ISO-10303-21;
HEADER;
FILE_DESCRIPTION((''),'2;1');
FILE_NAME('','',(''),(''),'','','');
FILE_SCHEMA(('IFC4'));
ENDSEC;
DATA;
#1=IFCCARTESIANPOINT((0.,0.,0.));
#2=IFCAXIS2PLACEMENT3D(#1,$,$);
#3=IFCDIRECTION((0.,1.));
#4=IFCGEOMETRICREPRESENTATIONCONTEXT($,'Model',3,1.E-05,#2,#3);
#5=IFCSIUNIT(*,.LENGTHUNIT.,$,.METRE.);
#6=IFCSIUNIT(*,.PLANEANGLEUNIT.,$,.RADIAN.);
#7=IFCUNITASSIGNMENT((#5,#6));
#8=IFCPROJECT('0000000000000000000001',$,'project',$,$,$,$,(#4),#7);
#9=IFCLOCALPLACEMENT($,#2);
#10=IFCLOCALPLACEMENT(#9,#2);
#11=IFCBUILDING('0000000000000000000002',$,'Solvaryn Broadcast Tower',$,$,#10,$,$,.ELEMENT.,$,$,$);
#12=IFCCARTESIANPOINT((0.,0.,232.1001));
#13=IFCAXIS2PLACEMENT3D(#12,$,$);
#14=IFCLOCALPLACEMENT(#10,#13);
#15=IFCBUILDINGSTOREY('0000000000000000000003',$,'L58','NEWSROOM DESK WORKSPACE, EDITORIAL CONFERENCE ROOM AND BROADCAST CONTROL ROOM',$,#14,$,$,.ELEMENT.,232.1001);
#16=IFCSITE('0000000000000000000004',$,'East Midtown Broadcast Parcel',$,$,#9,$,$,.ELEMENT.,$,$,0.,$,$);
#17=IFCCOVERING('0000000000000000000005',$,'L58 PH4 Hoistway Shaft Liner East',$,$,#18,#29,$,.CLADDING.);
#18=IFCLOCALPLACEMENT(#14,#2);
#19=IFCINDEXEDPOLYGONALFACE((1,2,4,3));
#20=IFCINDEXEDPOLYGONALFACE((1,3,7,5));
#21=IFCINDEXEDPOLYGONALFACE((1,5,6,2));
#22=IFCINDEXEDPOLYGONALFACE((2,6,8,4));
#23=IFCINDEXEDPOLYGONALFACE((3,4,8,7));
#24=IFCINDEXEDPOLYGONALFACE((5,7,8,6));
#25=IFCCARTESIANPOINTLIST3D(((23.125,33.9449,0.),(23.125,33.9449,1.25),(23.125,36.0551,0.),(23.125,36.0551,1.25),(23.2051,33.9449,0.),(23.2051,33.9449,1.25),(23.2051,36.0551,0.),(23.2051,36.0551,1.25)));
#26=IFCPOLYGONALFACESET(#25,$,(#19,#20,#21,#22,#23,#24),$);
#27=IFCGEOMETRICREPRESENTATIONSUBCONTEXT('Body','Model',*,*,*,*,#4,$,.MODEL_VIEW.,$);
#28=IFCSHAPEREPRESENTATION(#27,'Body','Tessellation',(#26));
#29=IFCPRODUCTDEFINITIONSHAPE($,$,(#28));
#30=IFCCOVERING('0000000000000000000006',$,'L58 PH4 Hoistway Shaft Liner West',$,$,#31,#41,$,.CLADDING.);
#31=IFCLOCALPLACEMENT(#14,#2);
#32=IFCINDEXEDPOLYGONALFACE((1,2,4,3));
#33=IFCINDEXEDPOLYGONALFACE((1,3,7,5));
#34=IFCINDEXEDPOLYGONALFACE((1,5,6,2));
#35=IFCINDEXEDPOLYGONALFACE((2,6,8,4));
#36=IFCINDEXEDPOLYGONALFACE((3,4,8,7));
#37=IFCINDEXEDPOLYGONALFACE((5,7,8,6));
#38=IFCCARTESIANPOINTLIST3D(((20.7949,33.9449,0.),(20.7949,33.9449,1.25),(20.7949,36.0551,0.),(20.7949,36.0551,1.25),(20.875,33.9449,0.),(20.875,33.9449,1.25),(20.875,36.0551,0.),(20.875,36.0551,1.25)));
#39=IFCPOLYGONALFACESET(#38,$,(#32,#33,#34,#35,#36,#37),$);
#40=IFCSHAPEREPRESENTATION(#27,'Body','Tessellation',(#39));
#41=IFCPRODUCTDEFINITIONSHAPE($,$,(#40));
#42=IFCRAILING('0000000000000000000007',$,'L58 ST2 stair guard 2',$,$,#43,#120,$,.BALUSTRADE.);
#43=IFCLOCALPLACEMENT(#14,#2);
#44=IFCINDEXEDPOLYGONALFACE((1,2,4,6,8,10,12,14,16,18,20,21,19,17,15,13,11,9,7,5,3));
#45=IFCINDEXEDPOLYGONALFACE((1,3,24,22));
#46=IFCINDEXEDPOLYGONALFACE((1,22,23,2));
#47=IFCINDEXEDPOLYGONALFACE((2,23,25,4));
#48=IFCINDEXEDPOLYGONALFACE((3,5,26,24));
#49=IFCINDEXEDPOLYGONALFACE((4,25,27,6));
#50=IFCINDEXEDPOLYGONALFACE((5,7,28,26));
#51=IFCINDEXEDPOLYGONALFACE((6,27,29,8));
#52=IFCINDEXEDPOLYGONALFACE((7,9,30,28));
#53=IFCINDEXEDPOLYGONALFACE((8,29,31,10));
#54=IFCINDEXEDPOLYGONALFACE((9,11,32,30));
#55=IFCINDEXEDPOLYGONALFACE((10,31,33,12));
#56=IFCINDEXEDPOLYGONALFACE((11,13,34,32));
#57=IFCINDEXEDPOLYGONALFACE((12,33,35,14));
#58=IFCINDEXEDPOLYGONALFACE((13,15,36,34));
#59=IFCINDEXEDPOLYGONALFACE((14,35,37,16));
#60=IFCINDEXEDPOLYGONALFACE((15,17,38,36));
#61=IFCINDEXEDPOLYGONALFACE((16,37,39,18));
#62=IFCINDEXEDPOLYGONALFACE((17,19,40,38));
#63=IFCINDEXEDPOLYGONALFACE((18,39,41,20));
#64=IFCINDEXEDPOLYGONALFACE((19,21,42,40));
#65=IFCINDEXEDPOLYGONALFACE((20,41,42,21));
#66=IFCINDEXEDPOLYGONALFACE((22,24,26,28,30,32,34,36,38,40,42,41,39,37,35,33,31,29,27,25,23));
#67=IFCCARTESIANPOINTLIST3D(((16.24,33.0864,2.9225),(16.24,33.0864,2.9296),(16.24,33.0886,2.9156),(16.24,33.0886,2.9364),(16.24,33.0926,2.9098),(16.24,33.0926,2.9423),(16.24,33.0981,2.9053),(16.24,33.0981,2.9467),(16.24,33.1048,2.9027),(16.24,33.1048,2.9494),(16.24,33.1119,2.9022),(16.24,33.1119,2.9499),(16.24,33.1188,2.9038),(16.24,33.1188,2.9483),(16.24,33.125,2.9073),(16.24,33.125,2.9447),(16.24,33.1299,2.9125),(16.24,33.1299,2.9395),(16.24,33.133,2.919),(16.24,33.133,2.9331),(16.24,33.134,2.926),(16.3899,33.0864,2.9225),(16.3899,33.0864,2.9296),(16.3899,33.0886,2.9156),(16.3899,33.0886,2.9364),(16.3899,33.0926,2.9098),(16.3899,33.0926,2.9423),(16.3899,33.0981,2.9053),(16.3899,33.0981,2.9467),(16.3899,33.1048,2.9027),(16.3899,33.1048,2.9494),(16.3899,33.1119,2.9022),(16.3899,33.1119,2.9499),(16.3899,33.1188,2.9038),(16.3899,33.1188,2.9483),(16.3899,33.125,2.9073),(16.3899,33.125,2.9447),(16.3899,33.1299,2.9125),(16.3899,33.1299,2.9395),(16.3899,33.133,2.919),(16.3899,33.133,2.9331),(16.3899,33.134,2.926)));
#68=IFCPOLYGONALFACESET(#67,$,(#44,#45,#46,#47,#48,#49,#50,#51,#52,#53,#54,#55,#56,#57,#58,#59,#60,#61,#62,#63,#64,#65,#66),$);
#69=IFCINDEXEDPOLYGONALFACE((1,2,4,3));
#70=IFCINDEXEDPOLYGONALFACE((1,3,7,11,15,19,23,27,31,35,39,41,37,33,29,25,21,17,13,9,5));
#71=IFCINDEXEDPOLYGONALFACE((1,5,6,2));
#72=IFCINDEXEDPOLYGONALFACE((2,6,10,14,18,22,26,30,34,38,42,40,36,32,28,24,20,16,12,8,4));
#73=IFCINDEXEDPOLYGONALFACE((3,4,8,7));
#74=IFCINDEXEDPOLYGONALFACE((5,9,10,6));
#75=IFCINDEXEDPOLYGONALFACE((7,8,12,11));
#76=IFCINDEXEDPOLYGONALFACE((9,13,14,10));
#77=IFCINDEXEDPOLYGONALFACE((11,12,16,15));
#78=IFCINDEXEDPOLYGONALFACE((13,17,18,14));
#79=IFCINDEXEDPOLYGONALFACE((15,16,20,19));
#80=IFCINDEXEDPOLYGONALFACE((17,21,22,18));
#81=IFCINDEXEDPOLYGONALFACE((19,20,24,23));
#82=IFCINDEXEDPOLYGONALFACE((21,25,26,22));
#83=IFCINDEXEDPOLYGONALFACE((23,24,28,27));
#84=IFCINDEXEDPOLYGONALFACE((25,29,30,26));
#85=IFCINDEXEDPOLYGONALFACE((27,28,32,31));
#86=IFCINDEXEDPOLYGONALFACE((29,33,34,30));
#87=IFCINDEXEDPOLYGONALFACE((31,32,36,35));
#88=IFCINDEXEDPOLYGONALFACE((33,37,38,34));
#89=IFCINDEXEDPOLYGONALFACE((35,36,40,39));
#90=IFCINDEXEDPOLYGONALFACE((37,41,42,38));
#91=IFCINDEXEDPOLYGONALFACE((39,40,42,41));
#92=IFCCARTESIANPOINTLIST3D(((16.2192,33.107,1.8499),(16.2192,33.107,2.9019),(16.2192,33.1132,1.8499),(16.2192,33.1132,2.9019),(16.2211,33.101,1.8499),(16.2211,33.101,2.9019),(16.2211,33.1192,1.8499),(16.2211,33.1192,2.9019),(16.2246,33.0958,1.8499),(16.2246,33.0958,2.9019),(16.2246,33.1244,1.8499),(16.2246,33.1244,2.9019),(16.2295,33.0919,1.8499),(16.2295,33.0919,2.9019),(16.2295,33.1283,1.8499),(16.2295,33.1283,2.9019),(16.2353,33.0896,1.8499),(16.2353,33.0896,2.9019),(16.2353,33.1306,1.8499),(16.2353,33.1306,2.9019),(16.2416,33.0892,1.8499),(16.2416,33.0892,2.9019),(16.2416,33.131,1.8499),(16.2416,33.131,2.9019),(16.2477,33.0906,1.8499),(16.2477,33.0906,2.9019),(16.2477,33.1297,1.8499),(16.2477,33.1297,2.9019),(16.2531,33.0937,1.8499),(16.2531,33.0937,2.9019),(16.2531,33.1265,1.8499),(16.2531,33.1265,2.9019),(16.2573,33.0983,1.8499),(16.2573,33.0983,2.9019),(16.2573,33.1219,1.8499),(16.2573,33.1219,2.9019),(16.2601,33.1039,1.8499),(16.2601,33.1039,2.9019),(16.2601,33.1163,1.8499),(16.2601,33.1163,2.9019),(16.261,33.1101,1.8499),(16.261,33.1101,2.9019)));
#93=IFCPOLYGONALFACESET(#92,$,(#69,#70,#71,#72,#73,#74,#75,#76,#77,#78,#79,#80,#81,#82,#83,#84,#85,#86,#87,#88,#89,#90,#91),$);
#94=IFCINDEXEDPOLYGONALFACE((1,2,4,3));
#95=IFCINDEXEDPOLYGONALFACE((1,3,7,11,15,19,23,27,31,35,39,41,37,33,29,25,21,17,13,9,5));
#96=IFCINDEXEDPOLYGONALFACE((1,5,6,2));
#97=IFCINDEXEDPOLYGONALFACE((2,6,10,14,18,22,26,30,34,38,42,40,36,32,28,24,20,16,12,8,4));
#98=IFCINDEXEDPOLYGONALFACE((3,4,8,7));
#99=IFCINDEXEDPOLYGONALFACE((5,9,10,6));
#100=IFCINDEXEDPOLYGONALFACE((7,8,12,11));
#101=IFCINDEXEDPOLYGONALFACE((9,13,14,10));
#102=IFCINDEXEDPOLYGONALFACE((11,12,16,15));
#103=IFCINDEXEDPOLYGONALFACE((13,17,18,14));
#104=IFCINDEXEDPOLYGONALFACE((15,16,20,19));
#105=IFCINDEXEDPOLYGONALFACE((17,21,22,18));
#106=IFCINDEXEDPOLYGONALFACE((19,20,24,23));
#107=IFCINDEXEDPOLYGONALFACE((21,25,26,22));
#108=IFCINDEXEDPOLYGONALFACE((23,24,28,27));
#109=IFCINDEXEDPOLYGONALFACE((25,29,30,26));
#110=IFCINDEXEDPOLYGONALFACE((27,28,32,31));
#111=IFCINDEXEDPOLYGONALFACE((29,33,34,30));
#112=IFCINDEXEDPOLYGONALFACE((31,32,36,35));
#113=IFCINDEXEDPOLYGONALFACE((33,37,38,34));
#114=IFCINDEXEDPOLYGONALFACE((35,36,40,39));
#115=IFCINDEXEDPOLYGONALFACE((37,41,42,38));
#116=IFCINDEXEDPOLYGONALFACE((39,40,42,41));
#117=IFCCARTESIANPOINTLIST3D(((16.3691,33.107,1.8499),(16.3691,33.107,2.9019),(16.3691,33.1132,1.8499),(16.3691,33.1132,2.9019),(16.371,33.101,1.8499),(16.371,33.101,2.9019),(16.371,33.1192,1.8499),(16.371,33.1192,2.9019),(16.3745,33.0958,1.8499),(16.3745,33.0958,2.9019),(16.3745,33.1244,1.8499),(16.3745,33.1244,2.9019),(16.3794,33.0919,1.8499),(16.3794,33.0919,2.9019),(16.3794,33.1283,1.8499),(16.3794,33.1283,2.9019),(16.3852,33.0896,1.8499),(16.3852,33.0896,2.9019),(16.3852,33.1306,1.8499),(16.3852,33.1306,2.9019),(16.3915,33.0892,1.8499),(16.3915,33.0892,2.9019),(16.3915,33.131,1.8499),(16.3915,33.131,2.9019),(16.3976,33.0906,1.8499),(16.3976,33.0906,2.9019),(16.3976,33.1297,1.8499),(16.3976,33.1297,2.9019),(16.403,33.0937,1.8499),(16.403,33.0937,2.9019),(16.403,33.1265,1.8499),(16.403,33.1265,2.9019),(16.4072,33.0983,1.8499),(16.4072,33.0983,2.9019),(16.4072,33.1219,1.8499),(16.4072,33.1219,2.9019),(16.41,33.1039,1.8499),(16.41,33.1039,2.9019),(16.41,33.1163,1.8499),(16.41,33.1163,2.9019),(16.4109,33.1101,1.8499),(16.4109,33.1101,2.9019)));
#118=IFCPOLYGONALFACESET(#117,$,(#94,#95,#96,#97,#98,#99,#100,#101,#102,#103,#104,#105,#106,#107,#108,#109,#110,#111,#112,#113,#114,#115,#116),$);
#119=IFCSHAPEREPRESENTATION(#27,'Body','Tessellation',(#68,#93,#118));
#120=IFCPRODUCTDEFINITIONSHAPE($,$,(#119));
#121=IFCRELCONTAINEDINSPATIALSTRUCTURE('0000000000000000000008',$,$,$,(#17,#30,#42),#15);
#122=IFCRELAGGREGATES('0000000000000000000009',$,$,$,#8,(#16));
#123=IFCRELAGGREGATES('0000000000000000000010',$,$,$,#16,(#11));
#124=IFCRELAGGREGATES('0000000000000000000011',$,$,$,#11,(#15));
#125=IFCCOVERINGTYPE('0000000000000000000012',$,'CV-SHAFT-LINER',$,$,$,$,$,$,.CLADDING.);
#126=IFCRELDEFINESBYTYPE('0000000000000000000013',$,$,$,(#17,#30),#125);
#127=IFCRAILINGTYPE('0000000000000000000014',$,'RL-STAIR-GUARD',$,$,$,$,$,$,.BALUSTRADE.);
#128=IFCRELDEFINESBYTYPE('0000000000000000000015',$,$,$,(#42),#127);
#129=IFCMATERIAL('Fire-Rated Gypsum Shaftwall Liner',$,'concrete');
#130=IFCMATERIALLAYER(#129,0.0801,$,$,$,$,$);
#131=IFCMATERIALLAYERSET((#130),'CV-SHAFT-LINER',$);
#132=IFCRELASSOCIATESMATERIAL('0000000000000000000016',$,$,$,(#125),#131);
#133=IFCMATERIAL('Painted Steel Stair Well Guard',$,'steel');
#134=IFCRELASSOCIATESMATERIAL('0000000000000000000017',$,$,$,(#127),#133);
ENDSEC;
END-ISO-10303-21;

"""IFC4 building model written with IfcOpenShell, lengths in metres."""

from ifc_helpers import new_model, si_unit, direction, frame, origin, origin_2d, place, context, subcontext, project, spatial, rectangle, circle, extrude, material, layer, layer_set, type_object, element, save


model = new_model("IFC4")

# Units and contexts
model_context = context("Model", 3, precision=1e-05, world=origin(), true_north=direction((0.0, 1.0)))
body_context = subcontext(model_context, "Body", "Model", "MODEL_VIEW")
ifc_project = project(units=[si_unit("LENGTHUNIT", "METRE"), si_unit("PLANEANGLEUNIT", "RADIAN")], contexts=[model_context])

# Site, building, storey
site_placement = place(None, origin())
site = spatial("IfcSite", under=ifc_project, at=site_placement, Name="East Midtown Broadcast Parcel", CompositionType="ELEMENT", RefElevation=0.0)
building_placement = place(site_placement, origin())
building = spatial("IfcBuilding", under=site, at=building_placement, Name="Solvaryn Broadcast Tower", CompositionType="ELEMENT")
storey_placement = place(building_placement, frame((0.0, 0.0, 232.1001)))
storey = spatial("IfcBuildingStorey", under=building, at=storey_placement, Name="L58", Description="NEWSROOM DESK WORKSPACE, EDITORIAL CONFERENCE ROOM AND BROADCAST CONTROL ROOM", CompositionType="ELEMENT", Elevation=232.1001)

# Coverings
ifc_material_1 = material(Name="Fire-Rated Gypsum Shaftwall Liner", Category="concrete")
ifc_layer_1 = layer(ifc_material_1, 0.0801)
ifc_layer_set_1 = layer_set([ifc_layer_1], Name="CV-SHAFT-LINER")
covering_type = type_object("IfcCoveringType", Name="CV-SHAFT-LINER", PredefinedType="CLADDING", material=ifc_layer_set_1)
for number, where, z_axis, x_axis, name in (
    (1, (23.165, 35.0, 0.0), (0.0, 0.0, 1.0), (1.0, 0.0, 0.0), "L58 PH4 Hoistway Shaft Liner East"),
    (2, (20.835, 35.0, 0.0), (0.0, 0.0, 1.0), (1.0, 0.0, 0.0), "L58 PH4 Hoistway Shaft Liner West"),
):
    element("IfcCovering", number, at=place(storey_placement, frame(where, z_axis=z_axis, x_axis=x_axis)), inside=storey, type_object=covering_type, Name=name, PredefinedType="CLADDING", context=body_context, shape_type="SweptSolid", body=[
        extrude(rectangle(XDim=0.0801, YDim=2.1101, at=origin_2d()), origin(), (0.0, 0.0, 1.0), 1.25),
    ])

# Railing
ifc_material_2 = material(Name="Painted Steel Stair Well Guard", Category="steel")
railing_type_1 = type_object("IfcRailingType", Name="RL-STAIR-GUARD", PredefinedType="BALUSTRADE", material=ifc_material_2)
railing_1_placement = place(storey_placement, frame((16.24, 33.1101, 1.8499)))
element("IfcRailing", 3, at=railing_1_placement, inside=storey, type_object=railing_type_1, Name="L58 ST2 stair guard 2", PredefinedType="BALUSTRADE", context=body_context, shape_type="SweptSolid", body=[
    extrude(circle(Radius=0.0239, at=origin_2d()), frame((0.0, 0.0, 1.0762), z_axis=(1.0, 0.0, 0.0), x_axis=(0.0, 1.0, 0.0)), (0.0, 0.0, 1.0), 0.1499),
    extrude(circle(Radius=0.021, at=origin_2d()), origin(), (0.0, 0.0, 1.0), 1.052),
    extrude(circle(Radius=0.021, at=origin_2d()), frame((0.1499, 0.0, 0.0)), (0.0, 0.0, 1.0), 1.052),
])

save(model, "model.ifc")
